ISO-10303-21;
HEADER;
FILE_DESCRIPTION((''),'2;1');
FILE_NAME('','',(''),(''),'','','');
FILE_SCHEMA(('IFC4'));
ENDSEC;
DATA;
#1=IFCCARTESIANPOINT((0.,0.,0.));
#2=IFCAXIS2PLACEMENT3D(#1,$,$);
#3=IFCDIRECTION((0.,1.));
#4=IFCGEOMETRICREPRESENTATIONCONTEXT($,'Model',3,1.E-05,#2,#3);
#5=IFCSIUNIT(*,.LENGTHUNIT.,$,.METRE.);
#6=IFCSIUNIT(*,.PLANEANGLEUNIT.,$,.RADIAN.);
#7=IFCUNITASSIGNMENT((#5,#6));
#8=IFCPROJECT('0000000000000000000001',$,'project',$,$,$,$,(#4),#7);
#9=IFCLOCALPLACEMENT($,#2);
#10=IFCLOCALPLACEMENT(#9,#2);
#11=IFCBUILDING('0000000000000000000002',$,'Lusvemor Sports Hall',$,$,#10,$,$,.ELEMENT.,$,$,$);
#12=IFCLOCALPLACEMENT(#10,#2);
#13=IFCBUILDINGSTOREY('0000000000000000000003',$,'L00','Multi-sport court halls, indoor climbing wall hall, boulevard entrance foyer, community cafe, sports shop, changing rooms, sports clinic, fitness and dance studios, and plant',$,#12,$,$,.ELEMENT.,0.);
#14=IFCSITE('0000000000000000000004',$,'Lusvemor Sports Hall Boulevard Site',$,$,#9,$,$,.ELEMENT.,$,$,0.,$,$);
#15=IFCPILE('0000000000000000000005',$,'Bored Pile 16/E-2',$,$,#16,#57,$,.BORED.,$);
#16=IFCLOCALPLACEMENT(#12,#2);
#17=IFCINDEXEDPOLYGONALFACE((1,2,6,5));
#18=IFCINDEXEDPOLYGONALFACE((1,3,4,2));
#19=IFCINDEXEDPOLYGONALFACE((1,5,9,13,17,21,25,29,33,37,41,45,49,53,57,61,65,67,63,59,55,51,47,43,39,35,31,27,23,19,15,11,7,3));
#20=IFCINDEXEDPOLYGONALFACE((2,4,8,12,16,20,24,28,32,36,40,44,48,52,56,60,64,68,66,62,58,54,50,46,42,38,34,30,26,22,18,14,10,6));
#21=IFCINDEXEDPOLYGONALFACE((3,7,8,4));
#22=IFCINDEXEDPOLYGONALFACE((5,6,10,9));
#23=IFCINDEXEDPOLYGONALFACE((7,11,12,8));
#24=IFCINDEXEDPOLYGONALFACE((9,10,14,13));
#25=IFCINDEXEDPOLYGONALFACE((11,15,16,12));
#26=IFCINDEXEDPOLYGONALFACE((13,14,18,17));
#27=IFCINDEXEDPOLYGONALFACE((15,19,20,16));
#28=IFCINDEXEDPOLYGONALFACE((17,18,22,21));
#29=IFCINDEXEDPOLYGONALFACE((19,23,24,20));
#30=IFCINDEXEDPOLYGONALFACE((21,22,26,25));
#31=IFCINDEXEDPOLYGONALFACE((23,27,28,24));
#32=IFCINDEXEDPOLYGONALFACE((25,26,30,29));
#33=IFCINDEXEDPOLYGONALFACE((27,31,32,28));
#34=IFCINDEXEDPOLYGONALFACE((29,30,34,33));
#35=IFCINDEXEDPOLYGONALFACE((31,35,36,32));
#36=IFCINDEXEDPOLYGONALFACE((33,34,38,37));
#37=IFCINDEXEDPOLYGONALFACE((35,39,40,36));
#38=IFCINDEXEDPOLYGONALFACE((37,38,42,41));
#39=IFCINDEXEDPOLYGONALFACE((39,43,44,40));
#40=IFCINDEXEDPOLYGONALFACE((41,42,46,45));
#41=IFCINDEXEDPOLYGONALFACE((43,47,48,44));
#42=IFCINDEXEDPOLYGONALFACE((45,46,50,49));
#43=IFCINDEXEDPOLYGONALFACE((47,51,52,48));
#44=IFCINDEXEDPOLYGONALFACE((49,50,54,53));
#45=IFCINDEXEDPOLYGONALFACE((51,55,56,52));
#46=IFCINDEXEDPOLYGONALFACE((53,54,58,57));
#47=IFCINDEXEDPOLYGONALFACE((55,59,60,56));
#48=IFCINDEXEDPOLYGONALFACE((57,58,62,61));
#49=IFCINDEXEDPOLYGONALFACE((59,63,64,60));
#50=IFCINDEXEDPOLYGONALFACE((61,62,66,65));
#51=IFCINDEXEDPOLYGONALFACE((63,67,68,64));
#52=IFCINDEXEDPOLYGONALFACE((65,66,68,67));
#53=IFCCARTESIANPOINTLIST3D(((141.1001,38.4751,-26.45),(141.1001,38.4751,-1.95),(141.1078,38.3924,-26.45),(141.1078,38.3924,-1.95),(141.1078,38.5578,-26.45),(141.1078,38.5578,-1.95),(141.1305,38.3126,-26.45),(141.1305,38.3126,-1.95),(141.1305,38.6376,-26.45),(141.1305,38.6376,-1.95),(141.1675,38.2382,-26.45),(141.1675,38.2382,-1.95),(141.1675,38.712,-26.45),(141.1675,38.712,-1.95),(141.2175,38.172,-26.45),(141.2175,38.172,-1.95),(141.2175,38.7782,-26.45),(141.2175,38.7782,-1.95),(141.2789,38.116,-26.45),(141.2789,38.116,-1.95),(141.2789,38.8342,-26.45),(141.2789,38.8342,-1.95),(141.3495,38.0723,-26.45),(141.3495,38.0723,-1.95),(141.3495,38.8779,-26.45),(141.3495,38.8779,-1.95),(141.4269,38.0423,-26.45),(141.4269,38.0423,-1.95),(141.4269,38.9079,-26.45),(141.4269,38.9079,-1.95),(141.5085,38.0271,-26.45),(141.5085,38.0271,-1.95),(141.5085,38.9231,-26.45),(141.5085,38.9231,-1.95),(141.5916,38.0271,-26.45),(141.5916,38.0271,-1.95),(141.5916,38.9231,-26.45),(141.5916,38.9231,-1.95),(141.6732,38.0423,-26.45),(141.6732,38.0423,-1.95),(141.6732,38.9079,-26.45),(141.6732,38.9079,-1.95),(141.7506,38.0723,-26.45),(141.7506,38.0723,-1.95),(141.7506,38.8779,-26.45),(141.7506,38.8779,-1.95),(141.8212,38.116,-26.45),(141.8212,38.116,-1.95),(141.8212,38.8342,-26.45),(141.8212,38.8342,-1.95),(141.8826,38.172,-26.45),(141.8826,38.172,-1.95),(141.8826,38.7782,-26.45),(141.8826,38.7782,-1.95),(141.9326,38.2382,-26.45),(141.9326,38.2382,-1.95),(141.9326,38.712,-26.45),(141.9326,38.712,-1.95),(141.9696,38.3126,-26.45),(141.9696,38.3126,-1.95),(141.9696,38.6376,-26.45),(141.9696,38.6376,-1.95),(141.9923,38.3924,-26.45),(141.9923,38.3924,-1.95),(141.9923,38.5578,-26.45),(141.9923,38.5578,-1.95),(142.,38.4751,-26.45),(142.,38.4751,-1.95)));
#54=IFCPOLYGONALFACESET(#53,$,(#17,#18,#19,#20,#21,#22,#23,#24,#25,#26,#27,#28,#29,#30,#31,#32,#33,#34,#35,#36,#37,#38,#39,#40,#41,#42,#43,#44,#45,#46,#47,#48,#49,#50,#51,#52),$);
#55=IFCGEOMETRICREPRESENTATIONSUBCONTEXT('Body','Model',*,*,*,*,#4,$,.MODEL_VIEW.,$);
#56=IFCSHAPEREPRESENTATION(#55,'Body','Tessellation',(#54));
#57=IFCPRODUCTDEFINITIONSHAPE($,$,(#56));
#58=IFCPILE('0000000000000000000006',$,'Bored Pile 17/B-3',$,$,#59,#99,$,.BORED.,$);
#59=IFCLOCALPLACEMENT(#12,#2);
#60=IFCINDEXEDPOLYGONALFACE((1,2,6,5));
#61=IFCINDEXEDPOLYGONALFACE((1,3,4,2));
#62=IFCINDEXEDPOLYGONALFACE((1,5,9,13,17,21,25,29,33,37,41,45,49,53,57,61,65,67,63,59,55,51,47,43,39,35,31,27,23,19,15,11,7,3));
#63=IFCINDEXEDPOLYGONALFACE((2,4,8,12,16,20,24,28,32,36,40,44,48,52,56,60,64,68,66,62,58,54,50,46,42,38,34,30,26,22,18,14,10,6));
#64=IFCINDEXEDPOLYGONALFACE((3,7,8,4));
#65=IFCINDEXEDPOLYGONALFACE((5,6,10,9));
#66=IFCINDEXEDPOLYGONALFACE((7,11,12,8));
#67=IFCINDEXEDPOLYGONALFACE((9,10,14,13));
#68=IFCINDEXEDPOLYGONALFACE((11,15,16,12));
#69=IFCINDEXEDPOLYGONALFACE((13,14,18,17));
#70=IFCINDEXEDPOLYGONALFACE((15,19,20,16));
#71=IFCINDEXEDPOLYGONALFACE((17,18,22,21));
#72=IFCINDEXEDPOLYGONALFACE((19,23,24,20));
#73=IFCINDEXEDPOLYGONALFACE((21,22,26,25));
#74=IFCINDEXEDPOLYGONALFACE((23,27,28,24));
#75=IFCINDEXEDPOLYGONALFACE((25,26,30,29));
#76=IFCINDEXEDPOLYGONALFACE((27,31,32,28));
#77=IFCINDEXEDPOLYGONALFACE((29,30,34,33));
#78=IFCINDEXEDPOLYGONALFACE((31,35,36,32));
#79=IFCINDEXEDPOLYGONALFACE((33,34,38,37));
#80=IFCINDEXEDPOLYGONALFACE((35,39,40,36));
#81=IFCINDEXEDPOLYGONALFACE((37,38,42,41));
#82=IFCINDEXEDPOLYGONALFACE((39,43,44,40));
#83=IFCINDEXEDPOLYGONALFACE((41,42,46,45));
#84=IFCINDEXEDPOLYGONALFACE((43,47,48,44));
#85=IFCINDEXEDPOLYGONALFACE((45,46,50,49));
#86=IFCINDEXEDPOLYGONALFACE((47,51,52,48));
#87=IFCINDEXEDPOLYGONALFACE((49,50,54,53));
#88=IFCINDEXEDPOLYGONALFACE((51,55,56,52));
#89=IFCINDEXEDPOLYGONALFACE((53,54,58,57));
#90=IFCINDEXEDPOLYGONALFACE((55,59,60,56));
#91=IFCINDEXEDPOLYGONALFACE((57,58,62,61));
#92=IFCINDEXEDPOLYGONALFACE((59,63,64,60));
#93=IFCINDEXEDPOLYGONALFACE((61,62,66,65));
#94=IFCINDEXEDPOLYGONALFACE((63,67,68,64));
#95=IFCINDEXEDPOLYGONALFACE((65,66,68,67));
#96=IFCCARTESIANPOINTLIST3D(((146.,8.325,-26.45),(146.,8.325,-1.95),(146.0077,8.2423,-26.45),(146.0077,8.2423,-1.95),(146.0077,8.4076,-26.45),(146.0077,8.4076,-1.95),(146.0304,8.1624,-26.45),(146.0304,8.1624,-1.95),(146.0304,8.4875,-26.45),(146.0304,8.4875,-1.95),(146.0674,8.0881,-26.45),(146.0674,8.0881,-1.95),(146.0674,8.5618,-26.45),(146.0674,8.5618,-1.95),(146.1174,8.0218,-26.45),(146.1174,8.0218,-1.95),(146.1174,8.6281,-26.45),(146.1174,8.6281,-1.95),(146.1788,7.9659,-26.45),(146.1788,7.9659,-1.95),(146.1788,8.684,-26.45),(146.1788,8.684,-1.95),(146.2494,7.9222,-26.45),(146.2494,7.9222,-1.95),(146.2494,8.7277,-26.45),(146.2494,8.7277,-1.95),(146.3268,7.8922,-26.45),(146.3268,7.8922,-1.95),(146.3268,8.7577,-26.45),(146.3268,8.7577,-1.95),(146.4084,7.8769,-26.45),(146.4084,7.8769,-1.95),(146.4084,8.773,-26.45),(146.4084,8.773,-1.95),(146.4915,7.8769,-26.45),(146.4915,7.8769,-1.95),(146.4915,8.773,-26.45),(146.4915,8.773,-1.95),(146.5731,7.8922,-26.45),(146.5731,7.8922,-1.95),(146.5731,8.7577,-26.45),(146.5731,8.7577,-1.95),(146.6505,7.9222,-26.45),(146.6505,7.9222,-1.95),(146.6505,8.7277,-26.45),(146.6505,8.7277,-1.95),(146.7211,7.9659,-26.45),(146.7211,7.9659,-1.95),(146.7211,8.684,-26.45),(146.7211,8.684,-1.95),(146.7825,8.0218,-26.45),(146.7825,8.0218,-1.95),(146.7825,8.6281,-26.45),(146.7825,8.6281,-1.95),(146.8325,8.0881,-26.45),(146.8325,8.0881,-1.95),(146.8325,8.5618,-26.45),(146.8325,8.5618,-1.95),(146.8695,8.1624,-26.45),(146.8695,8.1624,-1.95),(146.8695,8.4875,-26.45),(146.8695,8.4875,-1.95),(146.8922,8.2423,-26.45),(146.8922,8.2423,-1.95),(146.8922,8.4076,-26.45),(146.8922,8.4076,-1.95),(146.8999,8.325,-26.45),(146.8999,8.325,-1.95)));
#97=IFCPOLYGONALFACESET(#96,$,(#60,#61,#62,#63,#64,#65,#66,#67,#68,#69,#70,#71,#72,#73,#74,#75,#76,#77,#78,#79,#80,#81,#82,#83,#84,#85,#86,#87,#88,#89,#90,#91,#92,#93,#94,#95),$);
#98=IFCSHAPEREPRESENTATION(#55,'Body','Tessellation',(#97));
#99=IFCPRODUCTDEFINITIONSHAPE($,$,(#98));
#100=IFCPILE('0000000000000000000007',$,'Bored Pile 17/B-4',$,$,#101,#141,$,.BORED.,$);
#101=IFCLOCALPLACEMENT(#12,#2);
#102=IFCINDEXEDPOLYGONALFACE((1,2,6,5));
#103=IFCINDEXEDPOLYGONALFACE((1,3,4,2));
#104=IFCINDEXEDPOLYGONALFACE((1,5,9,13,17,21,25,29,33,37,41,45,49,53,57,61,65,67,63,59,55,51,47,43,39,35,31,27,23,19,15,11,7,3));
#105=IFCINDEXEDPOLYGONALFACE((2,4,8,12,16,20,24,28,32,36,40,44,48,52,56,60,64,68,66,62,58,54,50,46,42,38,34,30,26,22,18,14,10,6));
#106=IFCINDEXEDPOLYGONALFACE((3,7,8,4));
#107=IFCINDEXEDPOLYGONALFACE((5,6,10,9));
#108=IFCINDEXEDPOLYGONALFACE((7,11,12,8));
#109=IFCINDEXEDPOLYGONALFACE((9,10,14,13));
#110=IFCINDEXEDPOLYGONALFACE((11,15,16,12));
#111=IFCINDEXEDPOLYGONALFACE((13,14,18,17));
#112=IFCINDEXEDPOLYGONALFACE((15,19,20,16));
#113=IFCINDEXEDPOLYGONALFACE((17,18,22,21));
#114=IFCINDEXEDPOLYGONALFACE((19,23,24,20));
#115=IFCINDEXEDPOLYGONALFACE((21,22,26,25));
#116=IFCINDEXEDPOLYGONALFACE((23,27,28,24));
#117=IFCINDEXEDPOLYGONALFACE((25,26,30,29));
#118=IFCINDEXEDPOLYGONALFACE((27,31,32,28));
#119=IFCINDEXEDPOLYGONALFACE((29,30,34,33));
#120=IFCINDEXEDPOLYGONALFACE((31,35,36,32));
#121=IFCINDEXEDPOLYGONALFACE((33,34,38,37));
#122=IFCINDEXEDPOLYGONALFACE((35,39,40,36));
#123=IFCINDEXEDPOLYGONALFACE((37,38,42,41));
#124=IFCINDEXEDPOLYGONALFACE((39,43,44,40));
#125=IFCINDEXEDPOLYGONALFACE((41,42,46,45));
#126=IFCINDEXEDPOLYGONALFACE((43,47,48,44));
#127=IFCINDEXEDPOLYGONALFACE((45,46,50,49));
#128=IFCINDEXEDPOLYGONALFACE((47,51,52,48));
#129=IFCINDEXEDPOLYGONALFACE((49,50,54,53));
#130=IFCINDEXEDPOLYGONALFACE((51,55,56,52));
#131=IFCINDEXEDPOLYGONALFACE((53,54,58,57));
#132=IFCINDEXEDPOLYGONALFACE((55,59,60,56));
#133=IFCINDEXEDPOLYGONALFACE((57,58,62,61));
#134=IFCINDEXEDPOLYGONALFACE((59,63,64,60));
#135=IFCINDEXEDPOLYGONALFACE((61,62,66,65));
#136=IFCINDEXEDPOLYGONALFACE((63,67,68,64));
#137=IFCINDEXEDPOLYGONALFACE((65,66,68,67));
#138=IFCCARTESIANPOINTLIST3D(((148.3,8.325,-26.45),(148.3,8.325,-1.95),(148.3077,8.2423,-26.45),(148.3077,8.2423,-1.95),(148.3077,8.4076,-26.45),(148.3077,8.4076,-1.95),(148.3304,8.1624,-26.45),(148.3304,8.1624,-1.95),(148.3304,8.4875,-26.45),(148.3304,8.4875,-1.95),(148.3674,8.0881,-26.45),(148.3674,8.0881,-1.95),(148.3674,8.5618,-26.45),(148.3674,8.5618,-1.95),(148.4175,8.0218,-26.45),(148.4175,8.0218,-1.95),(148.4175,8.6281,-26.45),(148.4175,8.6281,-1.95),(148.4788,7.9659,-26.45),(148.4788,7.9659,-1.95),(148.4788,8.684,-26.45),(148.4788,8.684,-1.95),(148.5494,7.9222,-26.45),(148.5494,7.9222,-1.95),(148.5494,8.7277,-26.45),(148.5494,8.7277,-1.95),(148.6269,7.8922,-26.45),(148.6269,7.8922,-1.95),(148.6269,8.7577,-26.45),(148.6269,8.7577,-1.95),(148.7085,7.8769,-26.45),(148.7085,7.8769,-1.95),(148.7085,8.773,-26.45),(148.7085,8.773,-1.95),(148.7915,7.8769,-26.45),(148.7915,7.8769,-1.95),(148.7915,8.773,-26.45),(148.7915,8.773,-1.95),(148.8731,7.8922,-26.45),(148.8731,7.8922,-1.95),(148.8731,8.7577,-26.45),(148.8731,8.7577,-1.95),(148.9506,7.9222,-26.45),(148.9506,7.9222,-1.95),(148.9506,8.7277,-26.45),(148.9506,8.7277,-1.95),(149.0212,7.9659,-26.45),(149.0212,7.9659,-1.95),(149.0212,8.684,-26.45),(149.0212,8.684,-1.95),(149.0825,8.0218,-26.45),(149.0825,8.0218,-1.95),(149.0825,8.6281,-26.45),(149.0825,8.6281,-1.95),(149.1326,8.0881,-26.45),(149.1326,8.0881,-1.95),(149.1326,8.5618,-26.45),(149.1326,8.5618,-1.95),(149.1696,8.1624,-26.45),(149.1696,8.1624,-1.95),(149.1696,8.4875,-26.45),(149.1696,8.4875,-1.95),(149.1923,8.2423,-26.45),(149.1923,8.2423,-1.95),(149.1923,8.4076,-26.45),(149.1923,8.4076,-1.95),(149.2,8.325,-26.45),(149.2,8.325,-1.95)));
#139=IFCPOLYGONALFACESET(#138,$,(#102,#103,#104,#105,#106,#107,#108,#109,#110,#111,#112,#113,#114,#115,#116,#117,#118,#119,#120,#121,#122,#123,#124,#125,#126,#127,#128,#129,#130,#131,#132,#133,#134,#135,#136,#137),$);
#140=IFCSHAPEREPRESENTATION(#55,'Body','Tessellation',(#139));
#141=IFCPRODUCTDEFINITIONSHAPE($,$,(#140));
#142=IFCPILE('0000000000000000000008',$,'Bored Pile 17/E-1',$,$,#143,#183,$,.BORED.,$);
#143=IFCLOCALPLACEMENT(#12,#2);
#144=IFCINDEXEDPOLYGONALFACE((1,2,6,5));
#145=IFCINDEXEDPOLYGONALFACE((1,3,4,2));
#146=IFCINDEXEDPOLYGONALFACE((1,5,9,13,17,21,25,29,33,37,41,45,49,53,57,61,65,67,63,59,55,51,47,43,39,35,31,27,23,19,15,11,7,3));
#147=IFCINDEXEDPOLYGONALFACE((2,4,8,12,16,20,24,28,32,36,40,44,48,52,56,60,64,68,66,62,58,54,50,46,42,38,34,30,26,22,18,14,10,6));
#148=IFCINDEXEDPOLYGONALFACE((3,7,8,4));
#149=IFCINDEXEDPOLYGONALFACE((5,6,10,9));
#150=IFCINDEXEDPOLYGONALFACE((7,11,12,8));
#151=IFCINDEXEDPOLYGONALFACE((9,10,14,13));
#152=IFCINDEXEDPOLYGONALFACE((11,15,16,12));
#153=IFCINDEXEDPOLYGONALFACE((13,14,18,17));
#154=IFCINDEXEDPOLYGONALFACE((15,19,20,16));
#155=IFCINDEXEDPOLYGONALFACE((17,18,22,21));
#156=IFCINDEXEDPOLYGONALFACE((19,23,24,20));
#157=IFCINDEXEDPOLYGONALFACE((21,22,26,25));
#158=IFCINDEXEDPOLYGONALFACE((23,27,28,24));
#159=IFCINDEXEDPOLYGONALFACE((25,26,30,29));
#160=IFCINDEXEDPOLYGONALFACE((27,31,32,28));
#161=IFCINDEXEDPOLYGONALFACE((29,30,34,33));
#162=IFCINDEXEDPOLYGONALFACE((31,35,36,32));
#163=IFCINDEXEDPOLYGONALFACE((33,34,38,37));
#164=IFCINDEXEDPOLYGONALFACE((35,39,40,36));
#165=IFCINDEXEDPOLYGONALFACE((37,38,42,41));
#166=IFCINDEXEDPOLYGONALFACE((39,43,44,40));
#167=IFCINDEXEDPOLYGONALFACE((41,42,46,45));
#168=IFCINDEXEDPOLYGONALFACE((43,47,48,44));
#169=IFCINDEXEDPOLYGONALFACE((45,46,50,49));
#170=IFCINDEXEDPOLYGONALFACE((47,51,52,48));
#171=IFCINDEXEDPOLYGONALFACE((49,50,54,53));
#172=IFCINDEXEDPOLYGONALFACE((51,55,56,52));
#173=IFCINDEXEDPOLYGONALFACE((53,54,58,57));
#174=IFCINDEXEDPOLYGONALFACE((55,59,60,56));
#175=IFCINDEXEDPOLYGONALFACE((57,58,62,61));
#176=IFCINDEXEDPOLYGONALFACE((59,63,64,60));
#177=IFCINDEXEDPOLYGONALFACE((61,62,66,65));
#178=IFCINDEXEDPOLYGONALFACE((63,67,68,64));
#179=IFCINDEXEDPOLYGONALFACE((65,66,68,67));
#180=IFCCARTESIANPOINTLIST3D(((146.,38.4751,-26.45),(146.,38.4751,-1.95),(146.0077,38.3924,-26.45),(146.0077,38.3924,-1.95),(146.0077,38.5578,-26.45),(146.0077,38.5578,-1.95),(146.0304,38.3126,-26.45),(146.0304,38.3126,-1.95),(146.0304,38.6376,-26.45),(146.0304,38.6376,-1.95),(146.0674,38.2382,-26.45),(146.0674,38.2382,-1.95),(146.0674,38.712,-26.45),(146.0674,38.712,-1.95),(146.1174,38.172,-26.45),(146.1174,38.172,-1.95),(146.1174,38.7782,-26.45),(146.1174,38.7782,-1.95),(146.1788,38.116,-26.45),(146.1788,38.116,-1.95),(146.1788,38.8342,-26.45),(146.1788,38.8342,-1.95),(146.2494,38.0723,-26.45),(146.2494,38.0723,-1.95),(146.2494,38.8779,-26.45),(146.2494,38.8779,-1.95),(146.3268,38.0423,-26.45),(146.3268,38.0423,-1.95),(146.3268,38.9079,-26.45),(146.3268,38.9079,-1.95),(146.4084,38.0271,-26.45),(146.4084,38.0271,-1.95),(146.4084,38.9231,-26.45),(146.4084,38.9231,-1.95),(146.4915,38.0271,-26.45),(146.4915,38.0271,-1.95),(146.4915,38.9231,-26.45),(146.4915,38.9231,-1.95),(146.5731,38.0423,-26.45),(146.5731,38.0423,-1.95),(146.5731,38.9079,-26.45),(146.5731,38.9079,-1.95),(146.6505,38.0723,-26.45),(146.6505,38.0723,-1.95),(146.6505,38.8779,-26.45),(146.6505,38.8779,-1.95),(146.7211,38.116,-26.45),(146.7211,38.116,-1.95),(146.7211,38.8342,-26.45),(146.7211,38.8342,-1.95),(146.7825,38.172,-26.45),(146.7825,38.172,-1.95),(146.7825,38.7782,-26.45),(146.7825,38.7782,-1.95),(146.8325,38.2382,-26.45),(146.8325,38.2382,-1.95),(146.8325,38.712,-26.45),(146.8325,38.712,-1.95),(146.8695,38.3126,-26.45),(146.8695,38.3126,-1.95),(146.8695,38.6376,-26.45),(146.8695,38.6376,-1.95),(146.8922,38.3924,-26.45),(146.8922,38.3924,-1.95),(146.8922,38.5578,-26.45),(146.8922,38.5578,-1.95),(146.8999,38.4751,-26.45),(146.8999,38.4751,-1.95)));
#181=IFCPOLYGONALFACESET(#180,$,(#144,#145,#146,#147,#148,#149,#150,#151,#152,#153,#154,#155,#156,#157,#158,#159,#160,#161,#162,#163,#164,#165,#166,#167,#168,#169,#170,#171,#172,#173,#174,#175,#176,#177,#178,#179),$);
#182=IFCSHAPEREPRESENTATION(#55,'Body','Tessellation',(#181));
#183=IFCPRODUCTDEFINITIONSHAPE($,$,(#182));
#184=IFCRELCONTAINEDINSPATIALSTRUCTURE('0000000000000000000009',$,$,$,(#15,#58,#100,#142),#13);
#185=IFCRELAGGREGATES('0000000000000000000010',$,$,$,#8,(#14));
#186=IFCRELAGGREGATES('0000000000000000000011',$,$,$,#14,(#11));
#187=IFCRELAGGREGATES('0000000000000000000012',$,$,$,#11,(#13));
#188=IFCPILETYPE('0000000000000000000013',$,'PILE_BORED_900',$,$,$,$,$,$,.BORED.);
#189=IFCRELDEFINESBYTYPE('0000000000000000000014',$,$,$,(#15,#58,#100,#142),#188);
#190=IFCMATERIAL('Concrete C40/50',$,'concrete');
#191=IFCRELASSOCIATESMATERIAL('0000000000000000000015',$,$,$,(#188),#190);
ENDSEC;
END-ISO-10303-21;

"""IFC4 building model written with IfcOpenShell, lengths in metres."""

from ifc_helpers import new_model, si_unit, direction, frame, origin, origin_2d, place, context, subcontext, project, spatial, circle, extrude, material, material_profile, profile_set, type_object, element, save


model = new_model("IFC4")

# Units and contexts
model_context = context("Model", 3, precision=1e-05, world=origin(), true_north=direction((0.0, 1.0)))
body_context = subcontext(model_context, "Body", "Model", "MODEL_VIEW")
ifc_project = project(units=[si_unit("LENGTHUNIT", "METRE"), si_unit("PLANEANGLEUNIT", "RADIAN")], contexts=[model_context])

# Site, building, storey
site_placement = place(None, origin())
site = spatial("IfcSite", under=ifc_project, at=site_placement, Name="Lusvemor Sports Hall Boulevard Site", CompositionType="ELEMENT", RefElevation=0.0)
building_placement = place(site_placement, origin())
building = spatial("IfcBuilding", under=site, at=building_placement, Name="Lusvemor Sports Hall", CompositionType="ELEMENT")
storey_placement = place(building_placement, origin())
storey = spatial("IfcBuildingStorey", under=building, at=storey_placement, Name="L00", Description="Multi-sport court halls, indoor climbing wall hall, boulevard entrance foyer, community cafe, sports shop, changing rooms, sports clinic, fitness and dance studios, and plant", CompositionType="ELEMENT", Elevation=0.0)

# Piles
ifc_material_1 = material(Name="Concrete C40/50", Category="concrete")
ifc_material_profile_1 = material_profile(ifc_material_1, circle(Radius=0.45, at=origin_2d()), Name="PILE900")
ifc_profile_set_1 = profile_set([ifc_material_profile_1], Name="Concrete C40/50")
pile_type = type_object("IfcPileType", Name="PILE_BORED_900", PredefinedType="BORED", material=ifc_profile_set_1)
for number, where, z_axis, x_axis, name in (
    (1, (141.55, 38.4751, -1.95), (0.0, 0.0, -1.0), (1.0, 0.0, 0.0), "Bored Pile 16/E-2"),
    (2, (146.45, 8.325, -1.95), (0.0, 0.0, -1.0), (1.0, 0.0, 0.0), "Bored Pile 17/B-3"),
    (3, (148.75, 8.325, -1.95), (0.0, 0.0, -1.0), (1.0, 0.0, 0.0), "Bored Pile 17/B-4"),
    (4, (146.45, 38.4751, -1.95), (0.0, 0.0, -1.0), (1.0, 0.0, 0.0), "Bored Pile 17/E-1"),
):
    element("IfcPile", number, at=place(storey_placement, frame(where, z_axis=z_axis, x_axis=x_axis)), inside=storey, type_object=pile_type, Name=name, PredefinedType="BORED", context=body_context, shape_type="SweptSolid", body=[
        extrude(circle(Radius=0.45, at=origin_2d()), origin(), (0.0, 0.0, 1.0), 24.5),
    ])

save(model, "model.ifc")
